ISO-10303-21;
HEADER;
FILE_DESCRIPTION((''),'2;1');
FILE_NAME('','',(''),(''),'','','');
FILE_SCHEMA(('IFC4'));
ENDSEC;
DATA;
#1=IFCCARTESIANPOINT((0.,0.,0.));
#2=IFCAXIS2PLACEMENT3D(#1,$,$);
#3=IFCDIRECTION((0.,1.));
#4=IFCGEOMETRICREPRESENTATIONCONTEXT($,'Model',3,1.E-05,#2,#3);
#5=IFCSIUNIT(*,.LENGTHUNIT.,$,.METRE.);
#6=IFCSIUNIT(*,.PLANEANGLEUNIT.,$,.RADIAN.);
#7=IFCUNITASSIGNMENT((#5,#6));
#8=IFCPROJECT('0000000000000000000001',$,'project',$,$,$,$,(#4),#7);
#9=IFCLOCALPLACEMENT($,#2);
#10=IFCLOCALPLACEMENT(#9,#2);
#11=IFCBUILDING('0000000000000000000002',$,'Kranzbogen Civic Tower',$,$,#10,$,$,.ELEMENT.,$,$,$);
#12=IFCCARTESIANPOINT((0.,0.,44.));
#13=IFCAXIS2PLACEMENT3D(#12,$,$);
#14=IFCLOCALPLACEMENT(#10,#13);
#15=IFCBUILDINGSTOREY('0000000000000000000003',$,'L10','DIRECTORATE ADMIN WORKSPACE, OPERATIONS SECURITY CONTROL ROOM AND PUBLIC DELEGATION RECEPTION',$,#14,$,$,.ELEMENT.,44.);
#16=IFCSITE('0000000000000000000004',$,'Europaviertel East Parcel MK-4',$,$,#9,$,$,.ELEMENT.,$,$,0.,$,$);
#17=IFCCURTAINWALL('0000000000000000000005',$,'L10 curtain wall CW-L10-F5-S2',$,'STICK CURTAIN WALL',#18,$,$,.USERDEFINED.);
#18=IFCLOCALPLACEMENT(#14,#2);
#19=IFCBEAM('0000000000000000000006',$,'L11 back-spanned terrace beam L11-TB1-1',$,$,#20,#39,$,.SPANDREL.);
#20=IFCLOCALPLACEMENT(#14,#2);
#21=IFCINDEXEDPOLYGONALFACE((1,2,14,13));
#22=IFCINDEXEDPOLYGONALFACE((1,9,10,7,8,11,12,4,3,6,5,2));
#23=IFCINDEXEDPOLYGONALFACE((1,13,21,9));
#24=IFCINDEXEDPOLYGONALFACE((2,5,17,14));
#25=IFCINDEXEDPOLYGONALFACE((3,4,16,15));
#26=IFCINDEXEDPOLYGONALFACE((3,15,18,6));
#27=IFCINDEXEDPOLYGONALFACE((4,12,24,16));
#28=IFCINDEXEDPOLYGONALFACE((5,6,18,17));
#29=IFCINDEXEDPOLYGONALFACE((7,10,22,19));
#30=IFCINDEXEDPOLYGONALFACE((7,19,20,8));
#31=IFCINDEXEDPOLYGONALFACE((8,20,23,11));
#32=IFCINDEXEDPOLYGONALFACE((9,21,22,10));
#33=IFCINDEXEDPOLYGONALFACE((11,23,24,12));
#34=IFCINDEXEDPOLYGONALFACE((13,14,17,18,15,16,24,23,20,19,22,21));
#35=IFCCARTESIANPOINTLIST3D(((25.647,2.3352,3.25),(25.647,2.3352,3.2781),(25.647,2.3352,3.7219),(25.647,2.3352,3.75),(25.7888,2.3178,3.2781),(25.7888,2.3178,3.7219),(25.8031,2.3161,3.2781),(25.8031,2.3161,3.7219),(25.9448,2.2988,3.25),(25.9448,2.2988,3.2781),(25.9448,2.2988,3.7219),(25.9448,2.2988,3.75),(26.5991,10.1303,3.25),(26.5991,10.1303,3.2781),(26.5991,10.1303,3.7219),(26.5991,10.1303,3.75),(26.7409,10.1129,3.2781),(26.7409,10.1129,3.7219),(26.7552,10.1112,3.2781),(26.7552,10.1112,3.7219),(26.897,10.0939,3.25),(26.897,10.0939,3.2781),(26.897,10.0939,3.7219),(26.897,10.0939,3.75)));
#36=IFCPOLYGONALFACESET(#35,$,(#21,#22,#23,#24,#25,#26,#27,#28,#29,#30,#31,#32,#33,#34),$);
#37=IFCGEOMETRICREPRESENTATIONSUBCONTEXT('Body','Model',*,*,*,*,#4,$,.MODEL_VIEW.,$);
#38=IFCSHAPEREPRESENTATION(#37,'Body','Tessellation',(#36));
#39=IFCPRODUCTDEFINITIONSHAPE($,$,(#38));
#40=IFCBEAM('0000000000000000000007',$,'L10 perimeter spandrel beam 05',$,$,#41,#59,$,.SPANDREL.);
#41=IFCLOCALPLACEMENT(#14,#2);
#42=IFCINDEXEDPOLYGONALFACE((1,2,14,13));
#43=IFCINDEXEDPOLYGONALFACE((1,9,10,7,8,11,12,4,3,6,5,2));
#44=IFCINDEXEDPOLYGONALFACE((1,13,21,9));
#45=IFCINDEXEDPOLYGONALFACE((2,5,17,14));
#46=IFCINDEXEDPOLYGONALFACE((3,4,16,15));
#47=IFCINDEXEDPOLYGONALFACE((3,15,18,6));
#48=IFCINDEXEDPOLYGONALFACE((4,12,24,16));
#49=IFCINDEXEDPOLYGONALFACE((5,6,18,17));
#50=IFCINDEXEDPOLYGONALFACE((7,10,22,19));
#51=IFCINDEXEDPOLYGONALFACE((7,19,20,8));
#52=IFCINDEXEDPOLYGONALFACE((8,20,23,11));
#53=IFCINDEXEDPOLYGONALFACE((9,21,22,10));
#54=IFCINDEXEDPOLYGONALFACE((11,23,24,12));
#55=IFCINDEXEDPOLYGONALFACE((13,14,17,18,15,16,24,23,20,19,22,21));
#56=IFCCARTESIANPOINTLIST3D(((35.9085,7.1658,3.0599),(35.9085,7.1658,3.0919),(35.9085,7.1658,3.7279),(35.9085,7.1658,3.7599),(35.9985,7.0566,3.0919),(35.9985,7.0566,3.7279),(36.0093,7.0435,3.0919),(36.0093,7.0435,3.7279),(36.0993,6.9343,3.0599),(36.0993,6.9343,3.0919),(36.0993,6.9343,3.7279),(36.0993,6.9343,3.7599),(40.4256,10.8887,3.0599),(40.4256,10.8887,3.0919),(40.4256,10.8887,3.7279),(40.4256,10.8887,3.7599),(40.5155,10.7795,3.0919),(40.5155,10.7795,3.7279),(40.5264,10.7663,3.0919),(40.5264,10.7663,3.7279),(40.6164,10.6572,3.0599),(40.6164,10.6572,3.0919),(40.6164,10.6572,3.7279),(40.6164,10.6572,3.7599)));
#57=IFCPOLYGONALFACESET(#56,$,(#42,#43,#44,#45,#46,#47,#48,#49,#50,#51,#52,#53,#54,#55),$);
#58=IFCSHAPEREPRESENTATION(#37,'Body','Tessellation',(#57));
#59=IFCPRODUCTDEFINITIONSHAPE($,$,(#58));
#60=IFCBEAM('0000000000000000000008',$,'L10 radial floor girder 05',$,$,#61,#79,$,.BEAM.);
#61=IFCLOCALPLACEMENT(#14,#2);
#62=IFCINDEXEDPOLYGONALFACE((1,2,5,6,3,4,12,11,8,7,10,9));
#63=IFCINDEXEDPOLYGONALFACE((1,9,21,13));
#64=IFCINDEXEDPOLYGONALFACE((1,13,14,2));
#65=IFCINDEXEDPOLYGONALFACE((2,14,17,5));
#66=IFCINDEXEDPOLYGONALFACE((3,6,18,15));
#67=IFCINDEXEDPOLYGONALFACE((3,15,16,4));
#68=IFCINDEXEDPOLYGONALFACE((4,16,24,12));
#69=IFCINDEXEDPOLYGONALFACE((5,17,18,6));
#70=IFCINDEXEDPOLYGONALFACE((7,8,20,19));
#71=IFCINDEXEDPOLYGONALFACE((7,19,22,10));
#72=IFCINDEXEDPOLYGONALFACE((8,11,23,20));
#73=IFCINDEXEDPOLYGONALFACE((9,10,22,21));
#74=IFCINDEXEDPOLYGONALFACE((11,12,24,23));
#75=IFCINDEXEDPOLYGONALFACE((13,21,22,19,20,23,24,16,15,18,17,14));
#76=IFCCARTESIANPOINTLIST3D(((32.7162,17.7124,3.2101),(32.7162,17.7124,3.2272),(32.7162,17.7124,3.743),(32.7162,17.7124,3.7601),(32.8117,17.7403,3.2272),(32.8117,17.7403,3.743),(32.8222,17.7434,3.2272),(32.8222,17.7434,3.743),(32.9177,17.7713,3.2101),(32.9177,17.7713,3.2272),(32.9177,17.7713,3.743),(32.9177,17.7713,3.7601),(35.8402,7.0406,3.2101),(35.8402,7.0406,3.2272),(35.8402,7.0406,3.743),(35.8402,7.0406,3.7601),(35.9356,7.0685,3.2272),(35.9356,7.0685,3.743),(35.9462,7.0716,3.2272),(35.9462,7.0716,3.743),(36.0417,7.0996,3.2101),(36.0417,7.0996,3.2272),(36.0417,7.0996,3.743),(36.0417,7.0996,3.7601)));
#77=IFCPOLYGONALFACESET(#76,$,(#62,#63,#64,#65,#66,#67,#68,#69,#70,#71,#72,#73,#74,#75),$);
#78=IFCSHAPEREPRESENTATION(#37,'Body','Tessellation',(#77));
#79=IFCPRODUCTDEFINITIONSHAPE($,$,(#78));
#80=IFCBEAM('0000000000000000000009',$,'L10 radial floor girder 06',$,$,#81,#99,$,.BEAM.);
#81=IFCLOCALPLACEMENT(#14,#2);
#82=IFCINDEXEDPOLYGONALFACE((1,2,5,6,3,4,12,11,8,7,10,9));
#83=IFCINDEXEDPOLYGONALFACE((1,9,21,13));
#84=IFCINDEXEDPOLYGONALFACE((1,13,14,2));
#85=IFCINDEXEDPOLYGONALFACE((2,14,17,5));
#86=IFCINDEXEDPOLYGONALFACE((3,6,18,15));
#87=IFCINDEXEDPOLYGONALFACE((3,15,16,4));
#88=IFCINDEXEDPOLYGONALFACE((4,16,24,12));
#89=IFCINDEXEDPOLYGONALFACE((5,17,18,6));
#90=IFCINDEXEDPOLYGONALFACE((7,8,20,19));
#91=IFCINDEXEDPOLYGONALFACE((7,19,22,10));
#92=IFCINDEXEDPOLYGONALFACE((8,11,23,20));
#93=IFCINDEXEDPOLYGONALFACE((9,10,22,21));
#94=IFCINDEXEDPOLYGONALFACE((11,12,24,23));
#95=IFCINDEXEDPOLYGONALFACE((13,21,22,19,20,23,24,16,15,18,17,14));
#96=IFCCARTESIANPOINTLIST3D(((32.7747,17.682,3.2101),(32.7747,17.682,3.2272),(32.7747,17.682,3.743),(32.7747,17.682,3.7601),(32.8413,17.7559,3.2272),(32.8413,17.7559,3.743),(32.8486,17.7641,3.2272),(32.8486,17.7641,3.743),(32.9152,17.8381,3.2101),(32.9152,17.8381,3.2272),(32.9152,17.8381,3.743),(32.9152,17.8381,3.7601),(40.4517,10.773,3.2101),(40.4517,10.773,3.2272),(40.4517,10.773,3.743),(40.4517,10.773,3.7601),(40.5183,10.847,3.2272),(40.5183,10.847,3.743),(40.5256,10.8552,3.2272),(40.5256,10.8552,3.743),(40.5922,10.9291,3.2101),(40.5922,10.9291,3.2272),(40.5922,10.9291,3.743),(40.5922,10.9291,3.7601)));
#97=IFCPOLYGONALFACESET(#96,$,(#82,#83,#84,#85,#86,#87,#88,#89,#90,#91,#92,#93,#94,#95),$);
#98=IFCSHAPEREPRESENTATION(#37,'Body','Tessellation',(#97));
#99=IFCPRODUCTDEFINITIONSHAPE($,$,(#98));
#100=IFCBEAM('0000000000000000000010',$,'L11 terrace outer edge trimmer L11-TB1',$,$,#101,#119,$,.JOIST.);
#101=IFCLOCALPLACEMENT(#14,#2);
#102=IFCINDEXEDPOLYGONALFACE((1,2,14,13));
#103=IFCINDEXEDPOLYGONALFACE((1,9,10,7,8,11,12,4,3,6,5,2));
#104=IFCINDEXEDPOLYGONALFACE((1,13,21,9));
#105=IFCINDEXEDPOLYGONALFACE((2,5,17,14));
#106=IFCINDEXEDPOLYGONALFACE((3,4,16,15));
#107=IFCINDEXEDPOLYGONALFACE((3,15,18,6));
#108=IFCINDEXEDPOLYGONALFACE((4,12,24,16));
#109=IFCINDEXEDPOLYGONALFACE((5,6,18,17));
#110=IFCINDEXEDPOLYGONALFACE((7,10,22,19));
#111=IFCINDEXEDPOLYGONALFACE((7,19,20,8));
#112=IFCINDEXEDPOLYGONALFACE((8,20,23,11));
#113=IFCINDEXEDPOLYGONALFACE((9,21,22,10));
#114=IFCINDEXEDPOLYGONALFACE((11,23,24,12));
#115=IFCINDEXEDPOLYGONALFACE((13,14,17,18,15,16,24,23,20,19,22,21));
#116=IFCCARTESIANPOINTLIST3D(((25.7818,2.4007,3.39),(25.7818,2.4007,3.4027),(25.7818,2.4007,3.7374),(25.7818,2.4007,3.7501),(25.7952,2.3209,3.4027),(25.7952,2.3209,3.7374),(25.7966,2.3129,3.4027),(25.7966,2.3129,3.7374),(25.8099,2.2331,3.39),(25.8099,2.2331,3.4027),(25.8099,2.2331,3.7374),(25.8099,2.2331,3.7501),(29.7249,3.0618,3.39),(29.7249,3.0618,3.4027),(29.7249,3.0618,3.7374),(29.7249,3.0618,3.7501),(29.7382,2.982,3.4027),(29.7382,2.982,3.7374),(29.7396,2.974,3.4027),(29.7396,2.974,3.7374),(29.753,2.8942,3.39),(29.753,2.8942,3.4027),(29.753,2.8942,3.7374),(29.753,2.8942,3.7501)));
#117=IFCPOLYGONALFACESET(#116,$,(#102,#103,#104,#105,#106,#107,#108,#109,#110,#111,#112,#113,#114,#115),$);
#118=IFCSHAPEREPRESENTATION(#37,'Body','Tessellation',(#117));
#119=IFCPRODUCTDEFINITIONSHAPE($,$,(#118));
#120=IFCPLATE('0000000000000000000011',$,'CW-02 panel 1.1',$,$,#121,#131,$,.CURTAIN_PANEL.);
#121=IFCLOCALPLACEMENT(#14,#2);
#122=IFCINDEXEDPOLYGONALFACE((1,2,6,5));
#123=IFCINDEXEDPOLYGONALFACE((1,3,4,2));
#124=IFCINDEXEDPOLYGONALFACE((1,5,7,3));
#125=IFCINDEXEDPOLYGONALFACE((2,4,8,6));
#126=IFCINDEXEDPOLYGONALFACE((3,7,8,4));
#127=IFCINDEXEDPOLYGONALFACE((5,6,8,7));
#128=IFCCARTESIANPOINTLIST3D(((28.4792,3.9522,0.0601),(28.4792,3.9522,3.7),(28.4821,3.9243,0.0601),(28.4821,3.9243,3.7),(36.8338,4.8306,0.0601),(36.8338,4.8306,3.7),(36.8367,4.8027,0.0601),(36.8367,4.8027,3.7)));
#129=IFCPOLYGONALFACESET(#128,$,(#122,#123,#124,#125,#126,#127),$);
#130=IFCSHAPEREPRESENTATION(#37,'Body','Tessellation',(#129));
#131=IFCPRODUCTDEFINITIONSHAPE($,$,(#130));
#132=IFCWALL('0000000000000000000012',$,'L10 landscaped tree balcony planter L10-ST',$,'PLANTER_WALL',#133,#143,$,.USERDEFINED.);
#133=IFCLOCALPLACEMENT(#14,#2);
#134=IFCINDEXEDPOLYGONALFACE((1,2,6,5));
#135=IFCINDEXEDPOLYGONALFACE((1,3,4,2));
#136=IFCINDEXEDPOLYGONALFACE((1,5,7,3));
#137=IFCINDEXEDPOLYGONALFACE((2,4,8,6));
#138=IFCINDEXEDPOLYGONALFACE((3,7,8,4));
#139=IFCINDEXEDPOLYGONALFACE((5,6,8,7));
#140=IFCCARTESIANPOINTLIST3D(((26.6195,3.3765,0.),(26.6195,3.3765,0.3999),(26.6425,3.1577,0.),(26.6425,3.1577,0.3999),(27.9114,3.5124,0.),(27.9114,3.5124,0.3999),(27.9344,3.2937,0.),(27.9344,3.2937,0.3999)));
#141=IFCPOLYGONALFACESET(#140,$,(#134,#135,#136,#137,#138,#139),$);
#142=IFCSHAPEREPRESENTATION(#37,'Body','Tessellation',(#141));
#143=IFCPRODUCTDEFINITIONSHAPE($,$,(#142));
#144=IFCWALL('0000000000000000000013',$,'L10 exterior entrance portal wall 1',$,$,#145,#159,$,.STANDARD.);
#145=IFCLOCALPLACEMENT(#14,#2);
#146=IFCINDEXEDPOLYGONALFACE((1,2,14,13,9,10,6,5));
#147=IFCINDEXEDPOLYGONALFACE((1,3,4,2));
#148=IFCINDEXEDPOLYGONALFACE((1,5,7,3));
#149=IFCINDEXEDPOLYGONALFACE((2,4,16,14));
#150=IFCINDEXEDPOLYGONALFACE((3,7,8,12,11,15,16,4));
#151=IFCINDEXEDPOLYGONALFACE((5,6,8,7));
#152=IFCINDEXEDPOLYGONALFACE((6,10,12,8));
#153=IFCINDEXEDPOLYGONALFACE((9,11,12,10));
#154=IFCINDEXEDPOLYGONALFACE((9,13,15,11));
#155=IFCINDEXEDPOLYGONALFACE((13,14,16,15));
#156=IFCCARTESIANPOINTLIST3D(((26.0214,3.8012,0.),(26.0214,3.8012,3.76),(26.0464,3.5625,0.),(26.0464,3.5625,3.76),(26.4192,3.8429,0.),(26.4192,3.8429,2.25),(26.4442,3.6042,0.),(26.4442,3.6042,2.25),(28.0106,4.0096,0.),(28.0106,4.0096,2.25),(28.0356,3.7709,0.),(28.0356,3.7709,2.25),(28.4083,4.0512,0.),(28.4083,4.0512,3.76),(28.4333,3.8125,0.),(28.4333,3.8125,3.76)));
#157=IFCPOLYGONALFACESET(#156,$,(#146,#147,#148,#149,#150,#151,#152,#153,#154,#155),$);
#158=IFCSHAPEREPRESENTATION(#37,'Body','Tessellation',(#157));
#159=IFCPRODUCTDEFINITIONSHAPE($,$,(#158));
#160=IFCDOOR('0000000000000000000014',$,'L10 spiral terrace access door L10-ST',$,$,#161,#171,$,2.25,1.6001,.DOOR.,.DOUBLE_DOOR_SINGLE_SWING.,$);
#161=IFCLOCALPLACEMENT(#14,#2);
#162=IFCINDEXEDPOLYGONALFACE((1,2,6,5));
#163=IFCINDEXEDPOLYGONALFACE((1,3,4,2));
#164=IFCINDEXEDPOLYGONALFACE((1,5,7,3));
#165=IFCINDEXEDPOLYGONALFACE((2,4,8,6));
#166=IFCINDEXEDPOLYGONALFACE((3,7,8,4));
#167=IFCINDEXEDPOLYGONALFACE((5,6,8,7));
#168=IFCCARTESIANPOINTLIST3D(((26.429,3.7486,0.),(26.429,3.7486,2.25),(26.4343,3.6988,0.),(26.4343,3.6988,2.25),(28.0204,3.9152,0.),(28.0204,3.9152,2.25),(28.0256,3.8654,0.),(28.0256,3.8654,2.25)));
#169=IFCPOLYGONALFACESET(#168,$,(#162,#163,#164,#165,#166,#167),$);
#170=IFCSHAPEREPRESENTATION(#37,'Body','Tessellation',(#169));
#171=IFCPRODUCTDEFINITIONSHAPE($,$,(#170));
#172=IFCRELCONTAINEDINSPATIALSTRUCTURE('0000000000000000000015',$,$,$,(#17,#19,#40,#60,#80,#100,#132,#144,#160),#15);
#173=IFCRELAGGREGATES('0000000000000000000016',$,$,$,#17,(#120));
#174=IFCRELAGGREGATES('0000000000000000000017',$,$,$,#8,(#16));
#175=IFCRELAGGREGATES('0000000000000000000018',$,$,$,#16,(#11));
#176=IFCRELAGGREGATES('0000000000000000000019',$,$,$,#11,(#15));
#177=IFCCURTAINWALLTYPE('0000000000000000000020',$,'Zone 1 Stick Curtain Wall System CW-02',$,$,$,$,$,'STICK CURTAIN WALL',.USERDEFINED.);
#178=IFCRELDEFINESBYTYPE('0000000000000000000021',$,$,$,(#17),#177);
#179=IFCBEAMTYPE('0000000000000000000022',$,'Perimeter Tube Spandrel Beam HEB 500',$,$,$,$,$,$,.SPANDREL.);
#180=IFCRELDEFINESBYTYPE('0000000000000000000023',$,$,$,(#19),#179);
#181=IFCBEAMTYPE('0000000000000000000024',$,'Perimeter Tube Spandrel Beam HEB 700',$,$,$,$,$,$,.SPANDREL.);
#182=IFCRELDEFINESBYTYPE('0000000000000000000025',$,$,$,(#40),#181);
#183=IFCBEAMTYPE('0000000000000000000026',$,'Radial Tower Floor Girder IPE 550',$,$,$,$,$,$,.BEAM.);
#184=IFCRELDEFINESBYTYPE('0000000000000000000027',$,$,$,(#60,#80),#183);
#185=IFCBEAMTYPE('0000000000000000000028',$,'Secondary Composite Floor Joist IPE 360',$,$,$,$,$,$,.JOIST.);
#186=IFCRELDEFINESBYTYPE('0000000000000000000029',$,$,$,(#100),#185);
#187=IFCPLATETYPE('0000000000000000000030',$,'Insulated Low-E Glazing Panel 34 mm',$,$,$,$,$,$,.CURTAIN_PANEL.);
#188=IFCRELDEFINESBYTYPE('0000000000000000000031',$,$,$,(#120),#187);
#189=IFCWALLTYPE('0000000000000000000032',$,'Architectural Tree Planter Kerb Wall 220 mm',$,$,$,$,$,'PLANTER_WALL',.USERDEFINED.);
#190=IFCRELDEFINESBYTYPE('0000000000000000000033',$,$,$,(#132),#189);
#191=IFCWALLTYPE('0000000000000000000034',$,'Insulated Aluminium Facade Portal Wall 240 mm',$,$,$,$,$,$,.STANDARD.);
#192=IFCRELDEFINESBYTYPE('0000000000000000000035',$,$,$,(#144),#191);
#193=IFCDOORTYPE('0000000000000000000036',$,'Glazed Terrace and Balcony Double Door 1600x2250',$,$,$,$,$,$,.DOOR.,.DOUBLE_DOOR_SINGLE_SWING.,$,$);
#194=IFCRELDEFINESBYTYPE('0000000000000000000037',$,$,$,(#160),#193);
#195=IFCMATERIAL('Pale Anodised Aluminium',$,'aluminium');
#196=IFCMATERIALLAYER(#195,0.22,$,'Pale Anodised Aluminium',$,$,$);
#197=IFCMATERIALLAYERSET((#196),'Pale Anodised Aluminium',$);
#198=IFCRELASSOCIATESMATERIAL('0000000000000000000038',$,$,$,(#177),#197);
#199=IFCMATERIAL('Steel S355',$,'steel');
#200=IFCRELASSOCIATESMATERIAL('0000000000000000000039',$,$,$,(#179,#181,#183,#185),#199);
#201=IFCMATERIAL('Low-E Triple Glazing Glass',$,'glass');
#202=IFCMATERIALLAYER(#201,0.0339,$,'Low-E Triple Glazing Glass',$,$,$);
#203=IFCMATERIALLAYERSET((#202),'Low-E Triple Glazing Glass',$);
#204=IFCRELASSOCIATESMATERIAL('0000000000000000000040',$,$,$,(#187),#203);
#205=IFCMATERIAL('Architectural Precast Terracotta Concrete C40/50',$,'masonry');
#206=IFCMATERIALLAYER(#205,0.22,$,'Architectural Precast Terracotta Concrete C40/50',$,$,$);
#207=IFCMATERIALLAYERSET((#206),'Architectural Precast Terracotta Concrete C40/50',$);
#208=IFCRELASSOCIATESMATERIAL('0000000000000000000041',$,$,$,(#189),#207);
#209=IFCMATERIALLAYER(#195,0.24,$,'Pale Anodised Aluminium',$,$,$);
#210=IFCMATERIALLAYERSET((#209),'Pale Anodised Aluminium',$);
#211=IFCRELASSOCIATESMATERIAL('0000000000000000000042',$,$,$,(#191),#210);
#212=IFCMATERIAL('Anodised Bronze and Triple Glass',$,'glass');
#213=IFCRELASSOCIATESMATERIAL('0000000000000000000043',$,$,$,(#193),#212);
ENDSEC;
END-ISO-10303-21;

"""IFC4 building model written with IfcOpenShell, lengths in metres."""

from ifc_helpers import new_model, si_unit, direction, frame, frame_2d, origin, origin_2d, place, context, subcontext, project, spatial, rectangle, i_section, extrude, material, layer, layer_set, material_profile, profile_set, type_object, element, fill, aggregate, save


model = new_model("IFC4")

# Units and contexts
model_context = context("Model", 3, precision=1e-05, world=origin(), true_north=direction((0.0, 1.0)))
body_context = subcontext(model_context, "Body", "Model", "MODEL_VIEW")
ifc_project = project(units=[si_unit("LENGTHUNIT", "METRE"), si_unit("PLANEANGLEUNIT", "RADIAN")], contexts=[model_context])

# Site, building, storey
site_placement = place(None, origin())
site = spatial("IfcSite", under=ifc_project, at=site_placement, Name="Europaviertel East Parcel MK-4", CompositionType="ELEMENT", RefElevation=0.0)
building_placement = place(site_placement, origin())
building = spatial("IfcBuilding", under=site, at=building_placement, Name="Kranzbogen Civic Tower", CompositionType="ELEMENT")
storey_placement = place(building_placement, frame((0.0, 0.0, 44.0)))
storey = spatial("IfcBuildingStorey", under=building, at=storey_placement, Name="L10", Description="DIRECTORATE ADMIN WORKSPACE, OPERATIONS SECURITY CONTROL ROOM AND PUBLIC DELEGATION RECEPTION", CompositionType="ELEMENT", Elevation=44.0)

# Shared definitions
ifc_material_1 = material(Name="Steel S355", Category="steel")

# Shared definitions
ifc_material_2 = material(Name="Pale Anodised Aluminium", Category="aluminium")
ifc_layer_1 = layer(ifc_material_2, 0.22, Name="Pale Anodised Aluminium")
ifc_layer_set_1 = layer_set([ifc_layer_1], Name="Pale Anodised Aluminium")
curtain_wall_type = type_object("IfcCurtainWallType", Name="Zone 1 Stick Curtain Wall System CW-02", ElementType="STICK CURTAIN WALL", PredefinedType="USERDEFINED", material=ifc_layer_set_1)

# Curtain wall
curtain_wall_1_placement = place(storey_placement, origin())
curtain_wall_1 = element("IfcCurtainWall", 1, at=curtain_wall_1_placement, inside=storey, type_object=curtain_wall_type, Name="L10 curtain wall CW-L10-F5-S2", ObjectType="STICK CURTAIN WALL", PredefinedType="USERDEFINED")

# Beams
ifc_material_profile_1 = material_profile(ifc_material_1, i_section(OverallWidth=0.3, OverallDepth=0.5, WebThickness=0.0144, FlangeThickness=0.0281, at=origin_2d()), Name="HEB 500")
ifc_profile_set_1 = profile_set([ifc_material_profile_1], Name="Steel S355")
beam_type_1 = type_object("IfcBeamType", Name="Perimeter Tube Spandrel Beam HEB 500", PredefinedType="SPANDREL", material=ifc_profile_set_1)
beam_1_placement = place(storey_placement, frame((26.748, 10.1121, 3.5), z_axis=(-0.121245, -0.992623, 0.0), x_axis=(0.992623, -0.121245, 0.0)))
element("IfcBeam", 2, at=beam_1_placement, inside=storey, type_object=beam_type_1, Name="L11 back-spanned terrace beam L11-TB1-1", PredefinedType="SPANDREL", context=body_context, shape_type="SweptSolid", body=[
    extrude(i_section(OverallWidth=0.3, OverallDepth=0.5, WebThickness=0.0144, FlangeThickness=0.0281, at=origin_2d()), origin(), (0.0, 0.0, 1.0), 7.853),
])
ifc_material_profile_2 = material_profile(ifc_material_1, i_section(OverallWidth=0.3, OverallDepth=0.7, WebThickness=0.0171, FlangeThickness=0.032, at=origin_2d()), Name="HEB 700")
ifc_profile_set_2 = profile_set([ifc_material_profile_2], Name="Steel S355")
beam_type_2 = type_object("IfcBeamType", Name="Perimeter Tube Spandrel Beam HEB 700", PredefinedType="SPANDREL", material=ifc_profile_set_2)
beam_2_placement = place(storey_placement, frame((36.0039, 7.05, 3.4099), z_axis=(0.771683, 0.636007, 0.0), x_axis=(-0.636007, 0.771683, 0.0)))
element("IfcBeam", 3, at=beam_2_placement, inside=storey, type_object=beam_type_2, Name="L10 perimeter spandrel beam 05", PredefinedType="SPANDREL", context=body_context, shape_type="SweptSolid", body=[
    extrude(i_section(OverallWidth=0.3, OverallDepth=0.7, WebThickness=0.0171, FlangeThickness=0.032, at=origin_2d()), origin(), (0.0, 0.0, 1.0), 5.8535),
])
ifc_material_profile_3 = material_profile(ifc_material_1, i_section(OverallWidth=0.21, OverallDepth=0.55, WebThickness=0.011, FlangeThickness=0.0171, at=origin_2d()), Name="IPE 550")
ifc_profile_set_3 = profile_set([ifc_material_profile_3], Name="Steel S355")
beam_type_3 = type_object("IfcBeamType", Name="Radial Tower Floor Girder IPE 550", PredefinedType="BEAM", material=ifc_profile_set_3)
beam_3_placement = place(storey_placement, frame((35.9409, 7.0701, 3.4851), z_axis=(-0.280944, 0.959724, 0.0), x_axis=(-0.959724, -0.280944, 0.0)))
element("IfcBeam", 4, at=beam_3_placement, inside=storey, type_object=beam_type_3, Name="L10 radial floor girder 05", PredefinedType="BEAM", context=body_context, shape_type="SweptSolid", body=[
    extrude(i_section(OverallWidth=0.21, OverallDepth=0.55, WebThickness=0.011, FlangeThickness=0.0171, at=origin_2d()), origin(), (0.0, 0.0, 1.0), 11.1196),
])
beam_4_placement = place(storey_placement, frame((40.522, 10.8511, 3.4851), z_axis=(-0.743312, 0.668945, 0.0), x_axis=(-0.668945, -0.743312, 0.0)))
element("IfcBeam", 5, at=beam_4_placement, inside=storey, type_object=beam_type_3, Name="L10 radial floor girder 06", PredefinedType="BEAM", context=body_context, shape_type="SweptSolid", body=[
    extrude(i_section(OverallWidth=0.21, OverallDepth=0.55, WebThickness=0.011, FlangeThickness=0.0171, at=origin_2d()), origin(), (0.0, 0.0, 1.0), 10.3281),
])
ifc_material_profile_4 = material_profile(ifc_material_1, i_section(OverallWidth=0.1699, OverallDepth=0.3601, WebThickness=0.0081, FlangeThickness=0.0127, at=origin_2d()), Name="IPE 360")
ifc_profile_set_4 = profile_set([ifc_material_profile_4], Name="Steel S355")
beam_type_4 = type_object("IfcBeamType", Name="Secondary Composite Floor Joist IPE 360", PredefinedType="JOIST", material=ifc_profile_set_4)
beam_5_placement = place(storey_placement, frame((25.7959, 2.3169, 3.5701), z_axis=(0.986233, 0.165359, 0.0), x_axis=(-0.165359, 0.986233, 0.0)))
element("IfcBeam", 6, at=beam_5_placement, inside=storey, type_object=beam_type_4, Name="L11 terrace outer edge trimmer L11-TB1", PredefinedType="JOIST", context=body_context, shape_type="SweptSolid", body=[
    extrude(i_section(OverallWidth=0.1699, OverallDepth=0.3601, WebThickness=0.0081, FlangeThickness=0.0127, at=origin_2d()), origin(), (0.0, 0.0, 1.0), 3.998),
])

# Plate
ifc_material_3 = material(Name="Low-E Triple Glazing Glass", Category="glass")
ifc_layer_2 = layer(ifc_material_3, 0.0339, Name="Low-E Triple Glazing Glass")
ifc_layer_set_2 = layer_set([ifc_layer_2], Name="Low-E Triple Glazing Glass")
plate_type = type_object("IfcPlateType", Name="Insulated Low-E Glazing Panel 34 mm", PredefinedType="CURTAIN_PANEL", material=ifc_layer_set_2)
plate_placement = place(storey_placement, frame((32.658, 4.3774, 0.0601), z_axis=(0.0, 0.0, 1.0), x_axis=(0.994518, 0.104569, 0.0)))
plate = element("IfcPlate", 7, at=plate_placement, type_object=plate_type, Name="CW-02 panel 1.1", PredefinedType="CURTAIN_PANEL", context=body_context, shape_type="SweptSolid", body=[
    extrude(rectangle(XDim=8.4006, YDim=0.0281, at=origin_2d()), origin(), (0.0, 0.0, 1.0), 3.6399),
])
aggregate(curtain_wall_1, [plate])

# Wall
ifc_material_4 = material(Name="Architectural Precast Terracotta Concrete C40/50", Category="masonry")
ifc_layer_3 = layer(ifc_material_4, 0.22, Name="Architectural Precast Terracotta Concrete C40/50")
ifc_layer_set_3 = layer_set([ifc_layer_3], Name="Architectural Precast Terracotta Concrete C40/50")
wall_type_1 = type_object("IfcWallType", Name="Architectural Tree Planter Kerb Wall 220 mm", ElementType="PLANTER_WALL", PredefinedType="USERDEFINED", material=ifc_layer_set_3)
wall_1_placement = place(storey_placement, frame((26.6311, 3.2671, 0.0), z_axis=(0.0, 0.0, 1.0), x_axis=(0.994506, 0.104675, 0.0)))
element("IfcWall", 8, at=wall_1_placement, inside=storey, type_object=wall_type_1, Name="L10 landscaped tree balcony planter L10-ST", ObjectType="PLANTER_WALL", PredefinedType="USERDEFINED", context=body_context, shape_type="SweptSolid", body=[
    extrude(rectangle(XDim=1.2991, YDim=0.22, at=frame_2d((0.6494, 0.0))), origin(), (0.0, 0.0, 1.0), 0.3999),
])

# Wall, opening, door
ifc_layer_4 = layer(ifc_material_2, 0.24, Name="Pale Anodised Aluminium")
ifc_layer_set_4 = layer_set([ifc_layer_4], Name="Pale Anodised Aluminium")
wall_type_2 = type_object("IfcWallType", Name="Insulated Aluminium Facade Portal Wall 240 mm", PredefinedType="STANDARD", material=ifc_layer_set_4)
wall_2_placement = place(storey_placement, frame((26.0339, 3.6819, 0.0), z_axis=(0.0, 0.0, 1.0), x_axis=(0.99456, 0.104166, 0.0)))
wall_2 = element("IfcWall", 9, at=wall_2_placement, inside=storey, type_object=wall_type_2, Name="L10 exterior entrance portal wall 1", PredefinedType="STANDARD", context=body_context, shape_type="SweptSolid", body=[
    extrude(rectangle(XDim=2.3999, YDim=0.24, at=frame_2d((1.2, 0.0))), origin(), (0.0, 0.0, 1.0), 3.76),
])
opening_placement = place(wall_2_placement, frame((0.3999, 0.0, 0.0)))
opening = element("IfcOpeningElement", 10, at=opening_placement, cuts=wall_2, PredefinedType="OPENING", context=body_context, shape_type="SweptSolid", body=[
    extrude(rectangle(XDim=1.6001, YDim=2.25, at=frame_2d((0.8, 1.125))), frame((0.0, 0.1299, 0.0), z_axis=(0.0, -1.0, 0.0), x_axis=(1.0, 0.0, 0.0)), (0.0, 0.0, 1.0), 0.26),
])
ifc_material_5 = material(Name="Anodised Bronze and Triple Glass", Category="glass")
door_type = type_object("IfcDoorType", Name="Glazed Terrace and Balcony Double Door 1600x2250", OperationType="DOUBLE_DOOR_SINGLE_SWING", PredefinedType="DOOR", material=ifc_material_5)
door_placement = place(opening_placement, frame((1.6001, 0.0, 0.0), z_axis=(0.0, 0.0, 1.0), x_axis=(-1.0, 0.0, 0.0)))
door = element("IfcDoor", 11, at=door_placement, inside=storey, type_object=door_type, Name="L10 spiral terrace access door L10-ST", OperationType="DOUBLE_DOOR_SINGLE_SWING", OverallHeight=2.25, OverallWidth=1.6001, PredefinedType="DOOR", context=body_context, shape_type="SweptSolid", body=[
    extrude(rectangle(XDim=1.6001, YDim=2.25, at=frame_2d((0.8, 1.125))), frame((0.0, 0.0249, 0.0), z_axis=(0.0, -1.0, 0.0), x_axis=(1.0, 0.0, 0.0)), (0.0, 0.0, 1.0), 0.05),
])
fill(opening, door)

save(model, "model.ifc")
